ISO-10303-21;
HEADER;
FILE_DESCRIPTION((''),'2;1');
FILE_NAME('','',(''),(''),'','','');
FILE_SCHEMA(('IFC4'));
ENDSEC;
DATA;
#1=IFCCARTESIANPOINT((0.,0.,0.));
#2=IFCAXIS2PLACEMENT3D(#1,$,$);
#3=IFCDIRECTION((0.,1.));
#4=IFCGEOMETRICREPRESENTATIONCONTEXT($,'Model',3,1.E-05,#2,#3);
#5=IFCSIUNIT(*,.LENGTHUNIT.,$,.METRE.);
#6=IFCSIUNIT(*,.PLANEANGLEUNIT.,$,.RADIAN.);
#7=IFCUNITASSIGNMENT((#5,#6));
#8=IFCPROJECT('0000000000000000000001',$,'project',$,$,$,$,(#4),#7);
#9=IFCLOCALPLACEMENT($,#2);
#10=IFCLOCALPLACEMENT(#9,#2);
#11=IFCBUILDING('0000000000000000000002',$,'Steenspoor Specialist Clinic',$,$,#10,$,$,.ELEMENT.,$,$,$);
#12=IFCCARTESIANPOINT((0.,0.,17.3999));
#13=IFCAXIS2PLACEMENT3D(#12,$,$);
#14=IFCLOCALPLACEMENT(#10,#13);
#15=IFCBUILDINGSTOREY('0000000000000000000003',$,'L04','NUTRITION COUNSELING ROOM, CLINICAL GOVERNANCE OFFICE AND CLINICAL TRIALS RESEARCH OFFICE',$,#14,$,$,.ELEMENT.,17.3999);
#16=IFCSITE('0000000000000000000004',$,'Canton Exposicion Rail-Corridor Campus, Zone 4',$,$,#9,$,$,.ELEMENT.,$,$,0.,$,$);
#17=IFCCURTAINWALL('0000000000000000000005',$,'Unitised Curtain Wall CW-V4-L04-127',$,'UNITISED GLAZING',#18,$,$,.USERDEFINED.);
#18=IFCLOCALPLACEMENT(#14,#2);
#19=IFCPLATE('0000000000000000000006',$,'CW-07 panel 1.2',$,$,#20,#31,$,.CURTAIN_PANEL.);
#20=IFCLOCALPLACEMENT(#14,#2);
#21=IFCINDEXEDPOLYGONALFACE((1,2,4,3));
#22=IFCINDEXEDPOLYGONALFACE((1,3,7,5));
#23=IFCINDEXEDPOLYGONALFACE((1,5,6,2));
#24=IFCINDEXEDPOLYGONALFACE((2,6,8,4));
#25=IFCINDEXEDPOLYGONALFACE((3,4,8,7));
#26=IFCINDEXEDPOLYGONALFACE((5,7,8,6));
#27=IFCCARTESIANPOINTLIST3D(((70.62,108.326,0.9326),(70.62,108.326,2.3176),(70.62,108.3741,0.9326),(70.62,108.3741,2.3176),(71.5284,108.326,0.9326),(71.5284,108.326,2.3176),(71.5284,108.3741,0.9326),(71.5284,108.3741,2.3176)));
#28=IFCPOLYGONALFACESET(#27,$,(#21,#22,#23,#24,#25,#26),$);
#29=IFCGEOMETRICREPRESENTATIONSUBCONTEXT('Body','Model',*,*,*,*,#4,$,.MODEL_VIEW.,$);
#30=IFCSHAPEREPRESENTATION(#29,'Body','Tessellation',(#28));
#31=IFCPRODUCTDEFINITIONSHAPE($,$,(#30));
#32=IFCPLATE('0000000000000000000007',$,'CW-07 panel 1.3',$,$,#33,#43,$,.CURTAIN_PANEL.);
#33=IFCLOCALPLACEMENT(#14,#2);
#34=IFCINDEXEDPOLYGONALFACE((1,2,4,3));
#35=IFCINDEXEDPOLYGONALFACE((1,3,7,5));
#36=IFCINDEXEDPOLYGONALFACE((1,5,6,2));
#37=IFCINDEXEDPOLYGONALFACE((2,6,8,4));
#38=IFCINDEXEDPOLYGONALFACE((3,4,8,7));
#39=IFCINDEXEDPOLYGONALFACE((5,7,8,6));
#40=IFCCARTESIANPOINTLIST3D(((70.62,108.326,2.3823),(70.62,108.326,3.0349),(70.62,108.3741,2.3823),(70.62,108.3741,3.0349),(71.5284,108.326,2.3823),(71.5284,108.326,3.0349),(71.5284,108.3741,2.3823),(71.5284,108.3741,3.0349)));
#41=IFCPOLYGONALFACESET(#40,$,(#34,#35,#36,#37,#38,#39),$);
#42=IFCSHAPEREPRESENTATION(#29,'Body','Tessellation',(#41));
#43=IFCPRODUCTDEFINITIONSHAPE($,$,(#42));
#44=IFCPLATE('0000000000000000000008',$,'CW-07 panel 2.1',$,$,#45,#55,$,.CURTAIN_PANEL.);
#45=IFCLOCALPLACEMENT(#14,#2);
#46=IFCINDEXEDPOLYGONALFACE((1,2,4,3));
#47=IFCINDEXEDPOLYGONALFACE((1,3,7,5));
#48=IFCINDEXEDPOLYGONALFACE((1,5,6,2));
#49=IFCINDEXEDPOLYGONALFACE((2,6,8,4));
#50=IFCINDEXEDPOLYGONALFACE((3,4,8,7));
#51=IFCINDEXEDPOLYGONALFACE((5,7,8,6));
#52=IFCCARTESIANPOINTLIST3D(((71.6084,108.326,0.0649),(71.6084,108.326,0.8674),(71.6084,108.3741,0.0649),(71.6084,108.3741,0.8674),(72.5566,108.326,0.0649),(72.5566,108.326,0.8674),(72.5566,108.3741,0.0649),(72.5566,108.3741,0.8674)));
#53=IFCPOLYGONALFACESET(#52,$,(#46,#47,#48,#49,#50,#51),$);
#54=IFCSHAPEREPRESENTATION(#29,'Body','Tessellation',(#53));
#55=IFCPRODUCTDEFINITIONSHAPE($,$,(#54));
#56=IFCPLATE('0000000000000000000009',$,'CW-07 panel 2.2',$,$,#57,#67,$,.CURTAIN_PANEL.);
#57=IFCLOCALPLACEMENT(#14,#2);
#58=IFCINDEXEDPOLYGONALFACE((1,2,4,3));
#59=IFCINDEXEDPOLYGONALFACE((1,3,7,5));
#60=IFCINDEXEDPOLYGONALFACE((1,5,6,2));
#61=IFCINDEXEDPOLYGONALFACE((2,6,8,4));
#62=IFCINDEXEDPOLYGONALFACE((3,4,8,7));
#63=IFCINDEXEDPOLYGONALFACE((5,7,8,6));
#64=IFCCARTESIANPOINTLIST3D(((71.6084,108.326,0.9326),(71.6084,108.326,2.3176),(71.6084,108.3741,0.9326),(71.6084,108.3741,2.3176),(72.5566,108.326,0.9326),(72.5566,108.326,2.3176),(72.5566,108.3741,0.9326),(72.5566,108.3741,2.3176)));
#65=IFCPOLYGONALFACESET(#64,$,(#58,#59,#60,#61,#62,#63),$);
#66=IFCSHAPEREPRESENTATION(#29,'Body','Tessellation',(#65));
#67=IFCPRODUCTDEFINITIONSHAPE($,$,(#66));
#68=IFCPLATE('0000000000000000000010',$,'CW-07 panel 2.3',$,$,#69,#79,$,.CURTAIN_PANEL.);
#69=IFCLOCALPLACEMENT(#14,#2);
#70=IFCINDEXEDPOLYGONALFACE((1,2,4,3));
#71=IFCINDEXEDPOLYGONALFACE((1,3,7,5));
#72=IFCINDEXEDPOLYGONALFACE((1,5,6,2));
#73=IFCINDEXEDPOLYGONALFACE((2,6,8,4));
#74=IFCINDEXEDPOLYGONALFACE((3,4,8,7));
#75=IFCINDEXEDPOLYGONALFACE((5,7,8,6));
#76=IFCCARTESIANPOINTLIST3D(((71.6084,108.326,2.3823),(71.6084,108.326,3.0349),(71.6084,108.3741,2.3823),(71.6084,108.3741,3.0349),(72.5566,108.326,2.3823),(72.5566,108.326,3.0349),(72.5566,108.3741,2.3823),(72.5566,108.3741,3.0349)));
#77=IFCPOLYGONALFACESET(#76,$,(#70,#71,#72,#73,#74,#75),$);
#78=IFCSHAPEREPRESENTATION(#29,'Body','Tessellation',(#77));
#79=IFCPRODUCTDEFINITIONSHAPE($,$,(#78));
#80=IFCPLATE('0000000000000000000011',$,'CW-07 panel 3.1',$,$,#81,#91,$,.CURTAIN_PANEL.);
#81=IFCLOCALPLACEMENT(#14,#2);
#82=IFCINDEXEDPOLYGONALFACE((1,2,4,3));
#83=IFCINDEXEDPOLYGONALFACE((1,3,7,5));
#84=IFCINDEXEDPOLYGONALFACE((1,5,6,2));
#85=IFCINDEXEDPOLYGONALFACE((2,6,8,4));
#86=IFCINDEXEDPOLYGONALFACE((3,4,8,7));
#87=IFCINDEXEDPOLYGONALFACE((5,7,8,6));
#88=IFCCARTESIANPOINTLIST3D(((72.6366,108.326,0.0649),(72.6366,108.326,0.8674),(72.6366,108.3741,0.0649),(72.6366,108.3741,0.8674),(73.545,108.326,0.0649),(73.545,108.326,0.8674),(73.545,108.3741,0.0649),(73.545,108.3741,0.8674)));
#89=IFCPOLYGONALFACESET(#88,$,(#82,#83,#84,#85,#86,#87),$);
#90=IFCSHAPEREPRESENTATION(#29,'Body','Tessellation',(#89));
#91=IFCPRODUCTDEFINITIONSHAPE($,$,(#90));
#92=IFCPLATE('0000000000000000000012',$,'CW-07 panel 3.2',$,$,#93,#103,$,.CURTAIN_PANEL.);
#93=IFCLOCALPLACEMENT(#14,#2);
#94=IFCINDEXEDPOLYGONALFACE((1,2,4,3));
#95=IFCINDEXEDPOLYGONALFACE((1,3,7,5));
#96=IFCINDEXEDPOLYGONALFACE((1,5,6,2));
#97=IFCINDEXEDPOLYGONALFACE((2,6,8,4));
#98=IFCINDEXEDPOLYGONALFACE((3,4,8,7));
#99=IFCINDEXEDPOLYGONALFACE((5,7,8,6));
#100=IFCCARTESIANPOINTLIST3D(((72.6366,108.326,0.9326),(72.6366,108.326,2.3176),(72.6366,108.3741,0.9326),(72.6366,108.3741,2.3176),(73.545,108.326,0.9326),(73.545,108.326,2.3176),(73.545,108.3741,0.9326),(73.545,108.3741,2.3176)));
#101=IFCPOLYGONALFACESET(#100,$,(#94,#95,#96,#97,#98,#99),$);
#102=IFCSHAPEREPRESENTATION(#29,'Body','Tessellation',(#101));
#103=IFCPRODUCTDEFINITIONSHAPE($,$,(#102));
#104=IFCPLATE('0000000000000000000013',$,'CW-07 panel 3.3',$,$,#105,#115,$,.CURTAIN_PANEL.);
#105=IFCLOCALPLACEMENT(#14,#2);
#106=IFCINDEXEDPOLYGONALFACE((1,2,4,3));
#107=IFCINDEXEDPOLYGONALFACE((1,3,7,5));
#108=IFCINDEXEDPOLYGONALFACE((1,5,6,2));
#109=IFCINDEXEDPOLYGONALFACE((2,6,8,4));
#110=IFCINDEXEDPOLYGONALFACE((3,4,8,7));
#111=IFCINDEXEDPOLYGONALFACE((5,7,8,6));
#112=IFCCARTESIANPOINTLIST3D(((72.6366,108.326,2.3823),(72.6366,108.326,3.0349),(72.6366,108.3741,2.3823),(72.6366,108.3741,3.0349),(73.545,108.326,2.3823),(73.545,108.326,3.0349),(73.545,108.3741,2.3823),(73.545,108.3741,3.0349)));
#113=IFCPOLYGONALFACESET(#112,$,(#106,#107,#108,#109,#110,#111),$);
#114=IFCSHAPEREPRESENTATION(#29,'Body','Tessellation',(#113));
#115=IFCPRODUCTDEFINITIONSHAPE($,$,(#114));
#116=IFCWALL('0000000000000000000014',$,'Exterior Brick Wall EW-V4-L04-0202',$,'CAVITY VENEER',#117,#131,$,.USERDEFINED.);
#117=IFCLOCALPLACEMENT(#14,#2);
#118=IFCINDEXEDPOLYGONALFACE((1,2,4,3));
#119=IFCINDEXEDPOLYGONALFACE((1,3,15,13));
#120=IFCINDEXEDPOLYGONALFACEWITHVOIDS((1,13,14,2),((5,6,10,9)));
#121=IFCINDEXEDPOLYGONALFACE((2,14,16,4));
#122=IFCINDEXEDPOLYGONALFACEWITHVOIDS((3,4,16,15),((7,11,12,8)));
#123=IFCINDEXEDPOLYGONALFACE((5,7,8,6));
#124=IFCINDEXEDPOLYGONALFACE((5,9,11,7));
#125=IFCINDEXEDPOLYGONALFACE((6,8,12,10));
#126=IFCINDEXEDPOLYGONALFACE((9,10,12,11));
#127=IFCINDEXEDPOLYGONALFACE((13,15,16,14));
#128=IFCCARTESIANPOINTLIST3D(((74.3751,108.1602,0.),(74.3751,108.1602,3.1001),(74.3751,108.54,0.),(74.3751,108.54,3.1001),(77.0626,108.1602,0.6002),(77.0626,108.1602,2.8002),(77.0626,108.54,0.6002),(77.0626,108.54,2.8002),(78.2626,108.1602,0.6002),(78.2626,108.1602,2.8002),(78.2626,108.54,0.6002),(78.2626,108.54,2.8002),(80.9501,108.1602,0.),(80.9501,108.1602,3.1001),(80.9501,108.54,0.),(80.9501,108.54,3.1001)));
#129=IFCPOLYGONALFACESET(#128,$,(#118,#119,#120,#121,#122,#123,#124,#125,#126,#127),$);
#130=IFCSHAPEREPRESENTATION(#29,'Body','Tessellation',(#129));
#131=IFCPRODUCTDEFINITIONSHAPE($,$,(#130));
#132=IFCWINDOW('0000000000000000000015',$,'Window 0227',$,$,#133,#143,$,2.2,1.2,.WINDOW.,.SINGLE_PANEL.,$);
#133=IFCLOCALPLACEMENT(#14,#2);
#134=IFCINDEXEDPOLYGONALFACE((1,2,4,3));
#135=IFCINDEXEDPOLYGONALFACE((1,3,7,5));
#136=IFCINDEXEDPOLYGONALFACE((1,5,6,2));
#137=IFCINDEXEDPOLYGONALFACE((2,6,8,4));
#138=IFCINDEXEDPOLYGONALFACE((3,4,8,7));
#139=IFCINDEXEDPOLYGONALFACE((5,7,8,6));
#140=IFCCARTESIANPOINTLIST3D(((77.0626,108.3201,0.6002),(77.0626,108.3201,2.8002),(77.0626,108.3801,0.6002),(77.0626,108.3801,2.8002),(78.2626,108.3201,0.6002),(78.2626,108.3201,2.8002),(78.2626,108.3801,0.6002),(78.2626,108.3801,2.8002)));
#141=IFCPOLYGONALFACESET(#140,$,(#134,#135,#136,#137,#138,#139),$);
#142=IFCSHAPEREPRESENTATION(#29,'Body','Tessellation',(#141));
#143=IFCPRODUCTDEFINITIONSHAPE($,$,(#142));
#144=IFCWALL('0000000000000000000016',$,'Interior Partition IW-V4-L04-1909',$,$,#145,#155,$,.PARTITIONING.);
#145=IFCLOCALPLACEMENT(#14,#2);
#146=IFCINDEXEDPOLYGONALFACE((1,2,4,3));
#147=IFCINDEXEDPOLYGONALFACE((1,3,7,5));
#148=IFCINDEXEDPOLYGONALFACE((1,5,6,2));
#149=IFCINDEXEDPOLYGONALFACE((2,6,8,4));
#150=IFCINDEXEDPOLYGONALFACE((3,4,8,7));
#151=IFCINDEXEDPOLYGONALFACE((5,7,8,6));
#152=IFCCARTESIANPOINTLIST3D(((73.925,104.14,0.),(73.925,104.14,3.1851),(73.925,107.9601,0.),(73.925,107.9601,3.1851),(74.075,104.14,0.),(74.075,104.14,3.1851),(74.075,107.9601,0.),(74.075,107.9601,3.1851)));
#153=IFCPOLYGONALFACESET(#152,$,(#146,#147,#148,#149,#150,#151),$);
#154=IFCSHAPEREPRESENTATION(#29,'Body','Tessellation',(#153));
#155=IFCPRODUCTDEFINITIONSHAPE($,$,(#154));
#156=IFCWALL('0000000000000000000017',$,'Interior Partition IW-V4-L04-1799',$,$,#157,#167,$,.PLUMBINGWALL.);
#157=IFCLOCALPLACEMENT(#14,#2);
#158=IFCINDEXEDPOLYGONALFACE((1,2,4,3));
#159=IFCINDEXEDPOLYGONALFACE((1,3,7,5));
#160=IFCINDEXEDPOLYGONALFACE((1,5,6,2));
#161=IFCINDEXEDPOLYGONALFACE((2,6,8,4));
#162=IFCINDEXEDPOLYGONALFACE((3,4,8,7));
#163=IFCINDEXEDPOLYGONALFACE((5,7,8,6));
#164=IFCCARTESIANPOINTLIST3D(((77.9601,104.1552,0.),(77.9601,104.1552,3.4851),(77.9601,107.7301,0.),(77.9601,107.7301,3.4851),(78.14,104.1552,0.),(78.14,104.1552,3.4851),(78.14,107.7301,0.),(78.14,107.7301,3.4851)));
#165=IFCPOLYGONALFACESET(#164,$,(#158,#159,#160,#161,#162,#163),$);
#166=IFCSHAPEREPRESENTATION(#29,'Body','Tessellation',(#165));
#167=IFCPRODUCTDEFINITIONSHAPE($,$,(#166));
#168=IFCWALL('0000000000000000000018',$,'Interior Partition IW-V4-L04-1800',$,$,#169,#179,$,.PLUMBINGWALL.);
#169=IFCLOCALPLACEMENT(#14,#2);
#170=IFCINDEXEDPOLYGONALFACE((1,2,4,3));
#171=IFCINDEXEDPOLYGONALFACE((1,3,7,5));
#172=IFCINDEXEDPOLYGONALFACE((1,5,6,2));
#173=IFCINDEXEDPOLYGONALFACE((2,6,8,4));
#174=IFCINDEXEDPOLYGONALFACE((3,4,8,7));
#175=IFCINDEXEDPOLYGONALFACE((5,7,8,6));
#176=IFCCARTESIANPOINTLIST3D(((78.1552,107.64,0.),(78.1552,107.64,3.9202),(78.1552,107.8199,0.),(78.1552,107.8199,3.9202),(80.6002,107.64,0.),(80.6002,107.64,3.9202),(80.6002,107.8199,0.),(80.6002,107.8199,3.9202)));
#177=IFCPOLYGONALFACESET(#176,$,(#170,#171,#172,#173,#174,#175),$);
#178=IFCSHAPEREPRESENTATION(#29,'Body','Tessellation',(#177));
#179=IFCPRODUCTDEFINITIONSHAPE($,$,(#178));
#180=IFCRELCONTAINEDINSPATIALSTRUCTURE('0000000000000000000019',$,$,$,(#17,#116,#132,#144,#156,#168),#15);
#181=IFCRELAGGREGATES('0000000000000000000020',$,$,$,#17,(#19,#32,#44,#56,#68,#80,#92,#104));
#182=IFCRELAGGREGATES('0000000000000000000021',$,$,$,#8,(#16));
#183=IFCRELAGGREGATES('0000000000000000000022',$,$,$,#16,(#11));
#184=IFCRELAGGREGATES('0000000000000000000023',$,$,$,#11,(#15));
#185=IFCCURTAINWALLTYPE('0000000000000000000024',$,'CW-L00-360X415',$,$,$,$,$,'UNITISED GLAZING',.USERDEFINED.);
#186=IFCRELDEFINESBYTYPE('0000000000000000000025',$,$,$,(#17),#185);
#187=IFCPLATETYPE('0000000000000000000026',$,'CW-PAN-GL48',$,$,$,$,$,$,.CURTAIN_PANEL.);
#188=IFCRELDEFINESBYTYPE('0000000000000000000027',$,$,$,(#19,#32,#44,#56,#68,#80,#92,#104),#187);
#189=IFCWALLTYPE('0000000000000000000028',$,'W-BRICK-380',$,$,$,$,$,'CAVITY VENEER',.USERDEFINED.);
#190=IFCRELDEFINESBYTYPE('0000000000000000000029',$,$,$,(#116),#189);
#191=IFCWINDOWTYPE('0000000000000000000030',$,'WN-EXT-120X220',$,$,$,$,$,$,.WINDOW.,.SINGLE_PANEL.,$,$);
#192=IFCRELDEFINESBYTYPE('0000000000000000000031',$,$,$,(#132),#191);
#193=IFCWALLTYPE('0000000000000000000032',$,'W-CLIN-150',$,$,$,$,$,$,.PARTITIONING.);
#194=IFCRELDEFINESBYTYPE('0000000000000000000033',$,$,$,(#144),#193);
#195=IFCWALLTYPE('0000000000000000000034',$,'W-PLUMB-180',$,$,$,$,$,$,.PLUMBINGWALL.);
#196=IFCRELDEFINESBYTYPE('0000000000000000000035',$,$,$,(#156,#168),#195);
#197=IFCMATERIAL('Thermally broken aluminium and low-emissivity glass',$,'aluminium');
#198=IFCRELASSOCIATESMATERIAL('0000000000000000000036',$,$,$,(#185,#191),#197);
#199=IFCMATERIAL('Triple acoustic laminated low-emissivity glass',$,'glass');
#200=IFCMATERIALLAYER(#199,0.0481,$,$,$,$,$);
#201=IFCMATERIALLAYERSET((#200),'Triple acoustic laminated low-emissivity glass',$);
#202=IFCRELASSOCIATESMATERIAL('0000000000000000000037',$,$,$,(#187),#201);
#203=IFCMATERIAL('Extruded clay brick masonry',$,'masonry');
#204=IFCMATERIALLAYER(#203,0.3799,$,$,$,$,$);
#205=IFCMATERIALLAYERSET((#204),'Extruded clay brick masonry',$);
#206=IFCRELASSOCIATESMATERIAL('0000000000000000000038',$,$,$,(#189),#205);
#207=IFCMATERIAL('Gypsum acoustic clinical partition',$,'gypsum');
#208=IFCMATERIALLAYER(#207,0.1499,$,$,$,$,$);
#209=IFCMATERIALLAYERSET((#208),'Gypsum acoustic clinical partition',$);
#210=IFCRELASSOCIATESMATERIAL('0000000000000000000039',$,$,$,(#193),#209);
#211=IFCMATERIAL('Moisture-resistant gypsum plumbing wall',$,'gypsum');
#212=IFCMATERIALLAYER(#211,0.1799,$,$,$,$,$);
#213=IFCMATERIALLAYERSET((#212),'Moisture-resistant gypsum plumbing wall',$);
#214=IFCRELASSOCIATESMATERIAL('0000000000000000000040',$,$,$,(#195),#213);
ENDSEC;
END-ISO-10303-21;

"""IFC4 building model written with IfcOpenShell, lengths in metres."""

from ifc_helpers import new_model, si_unit, direction, frame, frame_2d, origin, origin_2d, place, context, subcontext, project, spatial, rectangle, extrude, material, layer, layer_set, type_object, element, fill, aggregate, save


model = new_model("IFC4")

# Units and contexts
model_context = context("Model", 3, precision=1e-05, world=origin(), true_north=direction((0.0, 1.0)))
body_context = subcontext(model_context, "Body", "Model", "MODEL_VIEW")
ifc_project = project(units=[si_unit("LENGTHUNIT", "METRE"), si_unit("PLANEANGLEUNIT", "RADIAN")], contexts=[model_context])

# Site, building, storey
site_placement = place(None, origin())
site = spatial("IfcSite", under=ifc_project, at=site_placement, Name="Canton Exposicion Rail-Corridor Campus, Zone 4", CompositionType="ELEMENT", RefElevation=0.0)
building_placement = place(site_placement, origin())
building = spatial("IfcBuilding", under=site, at=building_placement, Name="Steenspoor Specialist Clinic", CompositionType="ELEMENT")
storey_placement = place(building_placement, frame((0.0, 0.0, 17.3999)))
storey = spatial("IfcBuildingStorey", under=building, at=storey_placement, Name="L04", Description="NUTRITION COUNSELING ROOM, CLINICAL GOVERNANCE OFFICE AND CLINICAL TRIALS RESEARCH OFFICE", CompositionType="ELEMENT", Elevation=17.3999)

# Curtain wall
ifc_material_1 = material(Name="Thermally broken aluminium and low-emissivity glass", Category="aluminium")
curtain_wall_type = type_object("IfcCurtainWallType", Name="CW-L00-360X415", ElementType="UNITISED GLAZING", PredefinedType="USERDEFINED", material=ifc_material_1)
curtain_wall_placement = place(storey_placement, origin())
curtain_wall = element("IfcCurtainWall", 1, at=curtain_wall_placement, inside=storey, type_object=curtain_wall_type, Name="Unitised Curtain Wall CW-V4-L04-127", ObjectType="UNITISED GLAZING", PredefinedType="USERDEFINED")

# Plates
ifc_material_2 = material(Name="Triple acoustic laminated low-emissivity glass", Category="glass")
ifc_layer_1 = layer(ifc_material_2, 0.0481)
ifc_layer_set_1 = layer_set([ifc_layer_1], Name="Triple acoustic laminated low-emissivity glass")
plate_type = type_object("IfcPlateType", Name="CW-PAN-GL48", PredefinedType="CURTAIN_PANEL", material=ifc_layer_set_1)
plate_1_placement = place(storey_placement, frame((71.0742, 108.3501, 0.9326), z_axis=(0.0, 0.0, 1.0), x_axis=(1.0, 0.0, 0.0)))
plate_1 = element("IfcPlate", 2, at=plate_1_placement, type_object=plate_type, Name="CW-07 panel 1.2", PredefinedType="CURTAIN_PANEL", context=body_context, shape_type="SweptSolid", body=[
    extrude(rectangle(XDim=0.9084, YDim=0.0481, at=origin_2d()), origin(), (0.0, 0.0, 1.0), 1.385),
])
plate_2_placement = place(storey_placement, frame((71.0742, 108.3501, 2.3823), z_axis=(0.0, 0.0, 1.0), x_axis=(1.0, 0.0, 0.0)))
plate_2 = element("IfcPlate", 3, at=plate_2_placement, type_object=plate_type, Name="CW-07 panel 1.3", PredefinedType="CURTAIN_PANEL", context=body_context, shape_type="SweptSolid", body=[
    extrude(rectangle(XDim=0.9084, YDim=0.0481, at=origin_2d()), origin(), (0.0, 0.0, 1.0), 0.6526),
])
plate_3_placement = place(storey_placement, frame((72.0825, 108.3501, 0.0649), z_axis=(0.0, 0.0, 1.0), x_axis=(1.0, 0.0, 0.0)))
plate_3 = element("IfcPlate", 4, at=plate_3_placement, type_object=plate_type, Name="CW-07 panel 2.1", PredefinedType="CURTAIN_PANEL", context=body_context, shape_type="SweptSolid", body=[
    extrude(rectangle(XDim=0.9482, YDim=0.0481, at=origin_2d()), origin(), (0.0, 0.0, 1.0), 0.8025),
])
plate_4_placement = place(storey_placement, frame((72.0825, 108.3501, 0.9326), z_axis=(0.0, 0.0, 1.0), x_axis=(1.0, 0.0, 0.0)))
plate_4 = element("IfcPlate", 5, at=plate_4_placement, type_object=plate_type, Name="CW-07 panel 2.2", PredefinedType="CURTAIN_PANEL", context=body_context, shape_type="SweptSolid", body=[
    extrude(rectangle(XDim=0.9482, YDim=0.0481, at=origin_2d()), origin(), (0.0, 0.0, 1.0), 1.385),
])
plate_5_placement = place(storey_placement, frame((72.0825, 108.3501, 2.3823), z_axis=(0.0, 0.0, 1.0), x_axis=(1.0, 0.0, 0.0)))
plate_5 = element("IfcPlate", 6, at=plate_5_placement, type_object=plate_type, Name="CW-07 panel 2.3", PredefinedType="CURTAIN_PANEL", context=body_context, shape_type="SweptSolid", body=[
    extrude(rectangle(XDim=0.9482, YDim=0.0481, at=origin_2d()), origin(), (0.0, 0.0, 1.0), 0.6526),
])
plate_6_placement = place(storey_placement, frame((73.0908, 108.3501, 0.0649), z_axis=(0.0, 0.0, 1.0), x_axis=(1.0, 0.0, 0.0)))
plate_6 = element("IfcPlate", 7, at=plate_6_placement, type_object=plate_type, Name="CW-07 panel 3.1", PredefinedType="CURTAIN_PANEL", context=body_context, shape_type="SweptSolid", body=[
    extrude(rectangle(XDim=0.9084, YDim=0.0481, at=origin_2d()), origin(), (0.0, 0.0, 1.0), 0.8025),
])
plate_7_placement = place(storey_placement, frame((73.0908, 108.3501, 0.9326), z_axis=(0.0, 0.0, 1.0), x_axis=(1.0, 0.0, 0.0)))
plate_7 = element("IfcPlate", 8, at=plate_7_placement, type_object=plate_type, Name="CW-07 panel 3.2", PredefinedType="CURTAIN_PANEL", context=body_context, shape_type="SweptSolid", body=[
    extrude(rectangle(XDim=0.9084, YDim=0.0481, at=origin_2d()), origin(), (0.0, 0.0, 1.0), 1.385),
])
plate_8_placement = place(storey_placement, frame((73.0908, 108.3501, 2.3823), z_axis=(0.0, 0.0, 1.0), x_axis=(1.0, 0.0, 0.0)))
plate_8 = element("IfcPlate", 9, at=plate_8_placement, type_object=plate_type, Name="CW-07 panel 3.3", PredefinedType="CURTAIN_PANEL", context=body_context, shape_type="SweptSolid", body=[
    extrude(rectangle(XDim=0.9084, YDim=0.0481, at=origin_2d()), origin(), (0.0, 0.0, 1.0), 0.6526),
])
aggregate(curtain_wall, [plate_1, plate_2, plate_3, plate_4, plate_5, plate_6, plate_7, plate_8])

# Wall, opening, window
ifc_material_3 = material(Name="Extruded clay brick masonry", Category="masonry")
ifc_layer_2 = layer(ifc_material_3, 0.3799)
ifc_layer_set_2 = layer_set([ifc_layer_2], Name="Extruded clay brick masonry")
wall_type_1 = type_object("IfcWallType", Name="W-BRICK-380", ElementType="CAVITY VENEER", PredefinedType="USERDEFINED", material=ifc_layer_set_2)
wall_1_placement = place(storey_placement, frame((74.375, 108.3501, 0.0), z_axis=(0.0, 0.0, 1.0), x_axis=(1.0, 0.0, 0.0)))
wall_1 = element("IfcWall", 10, at=wall_1_placement, inside=storey, type_object=wall_type_1, Name="Exterior Brick Wall EW-V4-L04-0202", ObjectType="CAVITY VENEER", PredefinedType="USERDEFINED", context=body_context, shape_type="SweptSolid", body=[
    extrude(rectangle(XDim=6.575, YDim=0.3799, at=frame_2d((3.2876, 0.0))), origin(), (0.0, 0.0, 1.0), 3.1001),
])
opening_placement = place(wall_1_placement, frame((2.6875, 0.0, 0.6001)))
opening = element("IfcOpeningElement", 11, at=opening_placement, cuts=wall_1, PredefinedType="OPENING", context=body_context, shape_type="SweptSolid", body=[
    extrude(rectangle(XDim=1.2, YDim=2.2, at=frame_2d((0.6001, 1.1001))), frame((0.0, 0.2, 0.0), z_axis=(0.0, -1.0, 0.0), x_axis=(1.0, 0.0, 0.0)), (0.0, 0.0, 1.0), 0.3999),
])
window_type = type_object("IfcWindowType", Name="WN-EXT-120X220", PartitioningType="SINGLE_PANEL", PredefinedType="WINDOW", material=ifc_material_1)
window_placement = place(opening_placement, origin())
window = element("IfcWindow", 12, at=window_placement, inside=storey, type_object=window_type, Name="Window 0227", OverallHeight=2.2, OverallWidth=1.2, PartitioningType="SINGLE_PANEL", PredefinedType="WINDOW", context=body_context, shape_type="SweptSolid", body=[
    extrude(rectangle(XDim=1.2, YDim=2.2, at=frame_2d((0.6001, 1.1001))), frame((0.0, 0.03, 0.0), z_axis=(0.0, -1.0, 0.0), x_axis=(1.0, 0.0, 0.0)), (0.0, 0.0, 1.0), 0.0601),
])
fill(opening, window)

# Walls
ifc_material_4 = material(Name="Gypsum acoustic clinical partition", Category="gypsum")
ifc_layer_3 = layer(ifc_material_4, 0.1499)
ifc_layer_set_3 = layer_set([ifc_layer_3], Name="Gypsum acoustic clinical partition")
wall_type_2 = type_object("IfcWallType", Name="W-CLIN-150", PredefinedType="PARTITIONING", material=ifc_layer_set_3)
wall_2_placement = place(storey_placement, frame((74.0, 104.1399, 0.0), z_axis=(0.0, 0.0, 1.0), x_axis=(0.0, 1.0, 0.0)))
element("IfcWall", 13, at=wall_2_placement, inside=storey, type_object=wall_type_2, Name="Interior Partition IW-V4-L04-1909", PredefinedType="PARTITIONING", context=body_context, shape_type="SweptSolid", body=[
    extrude(rectangle(XDim=3.8201, YDim=0.1499, at=frame_2d((1.9102, 0.0))), origin(), (0.0, 0.0, 1.0), 3.1851),
])
ifc_material_5 = material(Name="Moisture-resistant gypsum plumbing wall", Category="gypsum")
ifc_layer_4 = layer(ifc_material_5, 0.1799)
ifc_layer_set_4 = layer_set([ifc_layer_4], Name="Moisture-resistant gypsum plumbing wall")
wall_type_3 = type_object("IfcWallType", Name="W-PLUMB-180", PredefinedType="PLUMBINGWALL", material=ifc_layer_set_4)
wall_3_placement = place(storey_placement, frame((78.05, 104.155, 0.0), z_axis=(0.0, 0.0, 1.0), x_axis=(0.0, 1.0, 0.0)))
element("IfcWall", 14, at=wall_3_placement, inside=storey, type_object=wall_type_3, Name="Interior Partition IW-V4-L04-1799", PredefinedType="PLUMBINGWALL", context=body_context, shape_type="SweptSolid", body=[
    extrude(rectangle(XDim=3.575, YDim=0.1799, at=frame_2d((1.7876, 0.0))), origin(), (0.0, 0.0, 1.0), 3.4851),
])
wall_4_placement = place(storey_placement, frame((78.155, 107.73, 0.0), z_axis=(0.0, 0.0, 1.0), x_axis=(1.0, 0.0, 0.0)))
element("IfcWall", 15, at=wall_4_placement, inside=storey, type_object=wall_type_3, Name="Interior Partition IW-V4-L04-1800", PredefinedType="PLUMBINGWALL", context=body_context, shape_type="SweptSolid", body=[
    extrude(rectangle(XDim=2.4451, YDim=0.1799, at=frame_2d((1.2227, 0.0))), origin(), (0.0, 0.0, 1.0), 3.9202),
])

save(model, "model.ifc")
